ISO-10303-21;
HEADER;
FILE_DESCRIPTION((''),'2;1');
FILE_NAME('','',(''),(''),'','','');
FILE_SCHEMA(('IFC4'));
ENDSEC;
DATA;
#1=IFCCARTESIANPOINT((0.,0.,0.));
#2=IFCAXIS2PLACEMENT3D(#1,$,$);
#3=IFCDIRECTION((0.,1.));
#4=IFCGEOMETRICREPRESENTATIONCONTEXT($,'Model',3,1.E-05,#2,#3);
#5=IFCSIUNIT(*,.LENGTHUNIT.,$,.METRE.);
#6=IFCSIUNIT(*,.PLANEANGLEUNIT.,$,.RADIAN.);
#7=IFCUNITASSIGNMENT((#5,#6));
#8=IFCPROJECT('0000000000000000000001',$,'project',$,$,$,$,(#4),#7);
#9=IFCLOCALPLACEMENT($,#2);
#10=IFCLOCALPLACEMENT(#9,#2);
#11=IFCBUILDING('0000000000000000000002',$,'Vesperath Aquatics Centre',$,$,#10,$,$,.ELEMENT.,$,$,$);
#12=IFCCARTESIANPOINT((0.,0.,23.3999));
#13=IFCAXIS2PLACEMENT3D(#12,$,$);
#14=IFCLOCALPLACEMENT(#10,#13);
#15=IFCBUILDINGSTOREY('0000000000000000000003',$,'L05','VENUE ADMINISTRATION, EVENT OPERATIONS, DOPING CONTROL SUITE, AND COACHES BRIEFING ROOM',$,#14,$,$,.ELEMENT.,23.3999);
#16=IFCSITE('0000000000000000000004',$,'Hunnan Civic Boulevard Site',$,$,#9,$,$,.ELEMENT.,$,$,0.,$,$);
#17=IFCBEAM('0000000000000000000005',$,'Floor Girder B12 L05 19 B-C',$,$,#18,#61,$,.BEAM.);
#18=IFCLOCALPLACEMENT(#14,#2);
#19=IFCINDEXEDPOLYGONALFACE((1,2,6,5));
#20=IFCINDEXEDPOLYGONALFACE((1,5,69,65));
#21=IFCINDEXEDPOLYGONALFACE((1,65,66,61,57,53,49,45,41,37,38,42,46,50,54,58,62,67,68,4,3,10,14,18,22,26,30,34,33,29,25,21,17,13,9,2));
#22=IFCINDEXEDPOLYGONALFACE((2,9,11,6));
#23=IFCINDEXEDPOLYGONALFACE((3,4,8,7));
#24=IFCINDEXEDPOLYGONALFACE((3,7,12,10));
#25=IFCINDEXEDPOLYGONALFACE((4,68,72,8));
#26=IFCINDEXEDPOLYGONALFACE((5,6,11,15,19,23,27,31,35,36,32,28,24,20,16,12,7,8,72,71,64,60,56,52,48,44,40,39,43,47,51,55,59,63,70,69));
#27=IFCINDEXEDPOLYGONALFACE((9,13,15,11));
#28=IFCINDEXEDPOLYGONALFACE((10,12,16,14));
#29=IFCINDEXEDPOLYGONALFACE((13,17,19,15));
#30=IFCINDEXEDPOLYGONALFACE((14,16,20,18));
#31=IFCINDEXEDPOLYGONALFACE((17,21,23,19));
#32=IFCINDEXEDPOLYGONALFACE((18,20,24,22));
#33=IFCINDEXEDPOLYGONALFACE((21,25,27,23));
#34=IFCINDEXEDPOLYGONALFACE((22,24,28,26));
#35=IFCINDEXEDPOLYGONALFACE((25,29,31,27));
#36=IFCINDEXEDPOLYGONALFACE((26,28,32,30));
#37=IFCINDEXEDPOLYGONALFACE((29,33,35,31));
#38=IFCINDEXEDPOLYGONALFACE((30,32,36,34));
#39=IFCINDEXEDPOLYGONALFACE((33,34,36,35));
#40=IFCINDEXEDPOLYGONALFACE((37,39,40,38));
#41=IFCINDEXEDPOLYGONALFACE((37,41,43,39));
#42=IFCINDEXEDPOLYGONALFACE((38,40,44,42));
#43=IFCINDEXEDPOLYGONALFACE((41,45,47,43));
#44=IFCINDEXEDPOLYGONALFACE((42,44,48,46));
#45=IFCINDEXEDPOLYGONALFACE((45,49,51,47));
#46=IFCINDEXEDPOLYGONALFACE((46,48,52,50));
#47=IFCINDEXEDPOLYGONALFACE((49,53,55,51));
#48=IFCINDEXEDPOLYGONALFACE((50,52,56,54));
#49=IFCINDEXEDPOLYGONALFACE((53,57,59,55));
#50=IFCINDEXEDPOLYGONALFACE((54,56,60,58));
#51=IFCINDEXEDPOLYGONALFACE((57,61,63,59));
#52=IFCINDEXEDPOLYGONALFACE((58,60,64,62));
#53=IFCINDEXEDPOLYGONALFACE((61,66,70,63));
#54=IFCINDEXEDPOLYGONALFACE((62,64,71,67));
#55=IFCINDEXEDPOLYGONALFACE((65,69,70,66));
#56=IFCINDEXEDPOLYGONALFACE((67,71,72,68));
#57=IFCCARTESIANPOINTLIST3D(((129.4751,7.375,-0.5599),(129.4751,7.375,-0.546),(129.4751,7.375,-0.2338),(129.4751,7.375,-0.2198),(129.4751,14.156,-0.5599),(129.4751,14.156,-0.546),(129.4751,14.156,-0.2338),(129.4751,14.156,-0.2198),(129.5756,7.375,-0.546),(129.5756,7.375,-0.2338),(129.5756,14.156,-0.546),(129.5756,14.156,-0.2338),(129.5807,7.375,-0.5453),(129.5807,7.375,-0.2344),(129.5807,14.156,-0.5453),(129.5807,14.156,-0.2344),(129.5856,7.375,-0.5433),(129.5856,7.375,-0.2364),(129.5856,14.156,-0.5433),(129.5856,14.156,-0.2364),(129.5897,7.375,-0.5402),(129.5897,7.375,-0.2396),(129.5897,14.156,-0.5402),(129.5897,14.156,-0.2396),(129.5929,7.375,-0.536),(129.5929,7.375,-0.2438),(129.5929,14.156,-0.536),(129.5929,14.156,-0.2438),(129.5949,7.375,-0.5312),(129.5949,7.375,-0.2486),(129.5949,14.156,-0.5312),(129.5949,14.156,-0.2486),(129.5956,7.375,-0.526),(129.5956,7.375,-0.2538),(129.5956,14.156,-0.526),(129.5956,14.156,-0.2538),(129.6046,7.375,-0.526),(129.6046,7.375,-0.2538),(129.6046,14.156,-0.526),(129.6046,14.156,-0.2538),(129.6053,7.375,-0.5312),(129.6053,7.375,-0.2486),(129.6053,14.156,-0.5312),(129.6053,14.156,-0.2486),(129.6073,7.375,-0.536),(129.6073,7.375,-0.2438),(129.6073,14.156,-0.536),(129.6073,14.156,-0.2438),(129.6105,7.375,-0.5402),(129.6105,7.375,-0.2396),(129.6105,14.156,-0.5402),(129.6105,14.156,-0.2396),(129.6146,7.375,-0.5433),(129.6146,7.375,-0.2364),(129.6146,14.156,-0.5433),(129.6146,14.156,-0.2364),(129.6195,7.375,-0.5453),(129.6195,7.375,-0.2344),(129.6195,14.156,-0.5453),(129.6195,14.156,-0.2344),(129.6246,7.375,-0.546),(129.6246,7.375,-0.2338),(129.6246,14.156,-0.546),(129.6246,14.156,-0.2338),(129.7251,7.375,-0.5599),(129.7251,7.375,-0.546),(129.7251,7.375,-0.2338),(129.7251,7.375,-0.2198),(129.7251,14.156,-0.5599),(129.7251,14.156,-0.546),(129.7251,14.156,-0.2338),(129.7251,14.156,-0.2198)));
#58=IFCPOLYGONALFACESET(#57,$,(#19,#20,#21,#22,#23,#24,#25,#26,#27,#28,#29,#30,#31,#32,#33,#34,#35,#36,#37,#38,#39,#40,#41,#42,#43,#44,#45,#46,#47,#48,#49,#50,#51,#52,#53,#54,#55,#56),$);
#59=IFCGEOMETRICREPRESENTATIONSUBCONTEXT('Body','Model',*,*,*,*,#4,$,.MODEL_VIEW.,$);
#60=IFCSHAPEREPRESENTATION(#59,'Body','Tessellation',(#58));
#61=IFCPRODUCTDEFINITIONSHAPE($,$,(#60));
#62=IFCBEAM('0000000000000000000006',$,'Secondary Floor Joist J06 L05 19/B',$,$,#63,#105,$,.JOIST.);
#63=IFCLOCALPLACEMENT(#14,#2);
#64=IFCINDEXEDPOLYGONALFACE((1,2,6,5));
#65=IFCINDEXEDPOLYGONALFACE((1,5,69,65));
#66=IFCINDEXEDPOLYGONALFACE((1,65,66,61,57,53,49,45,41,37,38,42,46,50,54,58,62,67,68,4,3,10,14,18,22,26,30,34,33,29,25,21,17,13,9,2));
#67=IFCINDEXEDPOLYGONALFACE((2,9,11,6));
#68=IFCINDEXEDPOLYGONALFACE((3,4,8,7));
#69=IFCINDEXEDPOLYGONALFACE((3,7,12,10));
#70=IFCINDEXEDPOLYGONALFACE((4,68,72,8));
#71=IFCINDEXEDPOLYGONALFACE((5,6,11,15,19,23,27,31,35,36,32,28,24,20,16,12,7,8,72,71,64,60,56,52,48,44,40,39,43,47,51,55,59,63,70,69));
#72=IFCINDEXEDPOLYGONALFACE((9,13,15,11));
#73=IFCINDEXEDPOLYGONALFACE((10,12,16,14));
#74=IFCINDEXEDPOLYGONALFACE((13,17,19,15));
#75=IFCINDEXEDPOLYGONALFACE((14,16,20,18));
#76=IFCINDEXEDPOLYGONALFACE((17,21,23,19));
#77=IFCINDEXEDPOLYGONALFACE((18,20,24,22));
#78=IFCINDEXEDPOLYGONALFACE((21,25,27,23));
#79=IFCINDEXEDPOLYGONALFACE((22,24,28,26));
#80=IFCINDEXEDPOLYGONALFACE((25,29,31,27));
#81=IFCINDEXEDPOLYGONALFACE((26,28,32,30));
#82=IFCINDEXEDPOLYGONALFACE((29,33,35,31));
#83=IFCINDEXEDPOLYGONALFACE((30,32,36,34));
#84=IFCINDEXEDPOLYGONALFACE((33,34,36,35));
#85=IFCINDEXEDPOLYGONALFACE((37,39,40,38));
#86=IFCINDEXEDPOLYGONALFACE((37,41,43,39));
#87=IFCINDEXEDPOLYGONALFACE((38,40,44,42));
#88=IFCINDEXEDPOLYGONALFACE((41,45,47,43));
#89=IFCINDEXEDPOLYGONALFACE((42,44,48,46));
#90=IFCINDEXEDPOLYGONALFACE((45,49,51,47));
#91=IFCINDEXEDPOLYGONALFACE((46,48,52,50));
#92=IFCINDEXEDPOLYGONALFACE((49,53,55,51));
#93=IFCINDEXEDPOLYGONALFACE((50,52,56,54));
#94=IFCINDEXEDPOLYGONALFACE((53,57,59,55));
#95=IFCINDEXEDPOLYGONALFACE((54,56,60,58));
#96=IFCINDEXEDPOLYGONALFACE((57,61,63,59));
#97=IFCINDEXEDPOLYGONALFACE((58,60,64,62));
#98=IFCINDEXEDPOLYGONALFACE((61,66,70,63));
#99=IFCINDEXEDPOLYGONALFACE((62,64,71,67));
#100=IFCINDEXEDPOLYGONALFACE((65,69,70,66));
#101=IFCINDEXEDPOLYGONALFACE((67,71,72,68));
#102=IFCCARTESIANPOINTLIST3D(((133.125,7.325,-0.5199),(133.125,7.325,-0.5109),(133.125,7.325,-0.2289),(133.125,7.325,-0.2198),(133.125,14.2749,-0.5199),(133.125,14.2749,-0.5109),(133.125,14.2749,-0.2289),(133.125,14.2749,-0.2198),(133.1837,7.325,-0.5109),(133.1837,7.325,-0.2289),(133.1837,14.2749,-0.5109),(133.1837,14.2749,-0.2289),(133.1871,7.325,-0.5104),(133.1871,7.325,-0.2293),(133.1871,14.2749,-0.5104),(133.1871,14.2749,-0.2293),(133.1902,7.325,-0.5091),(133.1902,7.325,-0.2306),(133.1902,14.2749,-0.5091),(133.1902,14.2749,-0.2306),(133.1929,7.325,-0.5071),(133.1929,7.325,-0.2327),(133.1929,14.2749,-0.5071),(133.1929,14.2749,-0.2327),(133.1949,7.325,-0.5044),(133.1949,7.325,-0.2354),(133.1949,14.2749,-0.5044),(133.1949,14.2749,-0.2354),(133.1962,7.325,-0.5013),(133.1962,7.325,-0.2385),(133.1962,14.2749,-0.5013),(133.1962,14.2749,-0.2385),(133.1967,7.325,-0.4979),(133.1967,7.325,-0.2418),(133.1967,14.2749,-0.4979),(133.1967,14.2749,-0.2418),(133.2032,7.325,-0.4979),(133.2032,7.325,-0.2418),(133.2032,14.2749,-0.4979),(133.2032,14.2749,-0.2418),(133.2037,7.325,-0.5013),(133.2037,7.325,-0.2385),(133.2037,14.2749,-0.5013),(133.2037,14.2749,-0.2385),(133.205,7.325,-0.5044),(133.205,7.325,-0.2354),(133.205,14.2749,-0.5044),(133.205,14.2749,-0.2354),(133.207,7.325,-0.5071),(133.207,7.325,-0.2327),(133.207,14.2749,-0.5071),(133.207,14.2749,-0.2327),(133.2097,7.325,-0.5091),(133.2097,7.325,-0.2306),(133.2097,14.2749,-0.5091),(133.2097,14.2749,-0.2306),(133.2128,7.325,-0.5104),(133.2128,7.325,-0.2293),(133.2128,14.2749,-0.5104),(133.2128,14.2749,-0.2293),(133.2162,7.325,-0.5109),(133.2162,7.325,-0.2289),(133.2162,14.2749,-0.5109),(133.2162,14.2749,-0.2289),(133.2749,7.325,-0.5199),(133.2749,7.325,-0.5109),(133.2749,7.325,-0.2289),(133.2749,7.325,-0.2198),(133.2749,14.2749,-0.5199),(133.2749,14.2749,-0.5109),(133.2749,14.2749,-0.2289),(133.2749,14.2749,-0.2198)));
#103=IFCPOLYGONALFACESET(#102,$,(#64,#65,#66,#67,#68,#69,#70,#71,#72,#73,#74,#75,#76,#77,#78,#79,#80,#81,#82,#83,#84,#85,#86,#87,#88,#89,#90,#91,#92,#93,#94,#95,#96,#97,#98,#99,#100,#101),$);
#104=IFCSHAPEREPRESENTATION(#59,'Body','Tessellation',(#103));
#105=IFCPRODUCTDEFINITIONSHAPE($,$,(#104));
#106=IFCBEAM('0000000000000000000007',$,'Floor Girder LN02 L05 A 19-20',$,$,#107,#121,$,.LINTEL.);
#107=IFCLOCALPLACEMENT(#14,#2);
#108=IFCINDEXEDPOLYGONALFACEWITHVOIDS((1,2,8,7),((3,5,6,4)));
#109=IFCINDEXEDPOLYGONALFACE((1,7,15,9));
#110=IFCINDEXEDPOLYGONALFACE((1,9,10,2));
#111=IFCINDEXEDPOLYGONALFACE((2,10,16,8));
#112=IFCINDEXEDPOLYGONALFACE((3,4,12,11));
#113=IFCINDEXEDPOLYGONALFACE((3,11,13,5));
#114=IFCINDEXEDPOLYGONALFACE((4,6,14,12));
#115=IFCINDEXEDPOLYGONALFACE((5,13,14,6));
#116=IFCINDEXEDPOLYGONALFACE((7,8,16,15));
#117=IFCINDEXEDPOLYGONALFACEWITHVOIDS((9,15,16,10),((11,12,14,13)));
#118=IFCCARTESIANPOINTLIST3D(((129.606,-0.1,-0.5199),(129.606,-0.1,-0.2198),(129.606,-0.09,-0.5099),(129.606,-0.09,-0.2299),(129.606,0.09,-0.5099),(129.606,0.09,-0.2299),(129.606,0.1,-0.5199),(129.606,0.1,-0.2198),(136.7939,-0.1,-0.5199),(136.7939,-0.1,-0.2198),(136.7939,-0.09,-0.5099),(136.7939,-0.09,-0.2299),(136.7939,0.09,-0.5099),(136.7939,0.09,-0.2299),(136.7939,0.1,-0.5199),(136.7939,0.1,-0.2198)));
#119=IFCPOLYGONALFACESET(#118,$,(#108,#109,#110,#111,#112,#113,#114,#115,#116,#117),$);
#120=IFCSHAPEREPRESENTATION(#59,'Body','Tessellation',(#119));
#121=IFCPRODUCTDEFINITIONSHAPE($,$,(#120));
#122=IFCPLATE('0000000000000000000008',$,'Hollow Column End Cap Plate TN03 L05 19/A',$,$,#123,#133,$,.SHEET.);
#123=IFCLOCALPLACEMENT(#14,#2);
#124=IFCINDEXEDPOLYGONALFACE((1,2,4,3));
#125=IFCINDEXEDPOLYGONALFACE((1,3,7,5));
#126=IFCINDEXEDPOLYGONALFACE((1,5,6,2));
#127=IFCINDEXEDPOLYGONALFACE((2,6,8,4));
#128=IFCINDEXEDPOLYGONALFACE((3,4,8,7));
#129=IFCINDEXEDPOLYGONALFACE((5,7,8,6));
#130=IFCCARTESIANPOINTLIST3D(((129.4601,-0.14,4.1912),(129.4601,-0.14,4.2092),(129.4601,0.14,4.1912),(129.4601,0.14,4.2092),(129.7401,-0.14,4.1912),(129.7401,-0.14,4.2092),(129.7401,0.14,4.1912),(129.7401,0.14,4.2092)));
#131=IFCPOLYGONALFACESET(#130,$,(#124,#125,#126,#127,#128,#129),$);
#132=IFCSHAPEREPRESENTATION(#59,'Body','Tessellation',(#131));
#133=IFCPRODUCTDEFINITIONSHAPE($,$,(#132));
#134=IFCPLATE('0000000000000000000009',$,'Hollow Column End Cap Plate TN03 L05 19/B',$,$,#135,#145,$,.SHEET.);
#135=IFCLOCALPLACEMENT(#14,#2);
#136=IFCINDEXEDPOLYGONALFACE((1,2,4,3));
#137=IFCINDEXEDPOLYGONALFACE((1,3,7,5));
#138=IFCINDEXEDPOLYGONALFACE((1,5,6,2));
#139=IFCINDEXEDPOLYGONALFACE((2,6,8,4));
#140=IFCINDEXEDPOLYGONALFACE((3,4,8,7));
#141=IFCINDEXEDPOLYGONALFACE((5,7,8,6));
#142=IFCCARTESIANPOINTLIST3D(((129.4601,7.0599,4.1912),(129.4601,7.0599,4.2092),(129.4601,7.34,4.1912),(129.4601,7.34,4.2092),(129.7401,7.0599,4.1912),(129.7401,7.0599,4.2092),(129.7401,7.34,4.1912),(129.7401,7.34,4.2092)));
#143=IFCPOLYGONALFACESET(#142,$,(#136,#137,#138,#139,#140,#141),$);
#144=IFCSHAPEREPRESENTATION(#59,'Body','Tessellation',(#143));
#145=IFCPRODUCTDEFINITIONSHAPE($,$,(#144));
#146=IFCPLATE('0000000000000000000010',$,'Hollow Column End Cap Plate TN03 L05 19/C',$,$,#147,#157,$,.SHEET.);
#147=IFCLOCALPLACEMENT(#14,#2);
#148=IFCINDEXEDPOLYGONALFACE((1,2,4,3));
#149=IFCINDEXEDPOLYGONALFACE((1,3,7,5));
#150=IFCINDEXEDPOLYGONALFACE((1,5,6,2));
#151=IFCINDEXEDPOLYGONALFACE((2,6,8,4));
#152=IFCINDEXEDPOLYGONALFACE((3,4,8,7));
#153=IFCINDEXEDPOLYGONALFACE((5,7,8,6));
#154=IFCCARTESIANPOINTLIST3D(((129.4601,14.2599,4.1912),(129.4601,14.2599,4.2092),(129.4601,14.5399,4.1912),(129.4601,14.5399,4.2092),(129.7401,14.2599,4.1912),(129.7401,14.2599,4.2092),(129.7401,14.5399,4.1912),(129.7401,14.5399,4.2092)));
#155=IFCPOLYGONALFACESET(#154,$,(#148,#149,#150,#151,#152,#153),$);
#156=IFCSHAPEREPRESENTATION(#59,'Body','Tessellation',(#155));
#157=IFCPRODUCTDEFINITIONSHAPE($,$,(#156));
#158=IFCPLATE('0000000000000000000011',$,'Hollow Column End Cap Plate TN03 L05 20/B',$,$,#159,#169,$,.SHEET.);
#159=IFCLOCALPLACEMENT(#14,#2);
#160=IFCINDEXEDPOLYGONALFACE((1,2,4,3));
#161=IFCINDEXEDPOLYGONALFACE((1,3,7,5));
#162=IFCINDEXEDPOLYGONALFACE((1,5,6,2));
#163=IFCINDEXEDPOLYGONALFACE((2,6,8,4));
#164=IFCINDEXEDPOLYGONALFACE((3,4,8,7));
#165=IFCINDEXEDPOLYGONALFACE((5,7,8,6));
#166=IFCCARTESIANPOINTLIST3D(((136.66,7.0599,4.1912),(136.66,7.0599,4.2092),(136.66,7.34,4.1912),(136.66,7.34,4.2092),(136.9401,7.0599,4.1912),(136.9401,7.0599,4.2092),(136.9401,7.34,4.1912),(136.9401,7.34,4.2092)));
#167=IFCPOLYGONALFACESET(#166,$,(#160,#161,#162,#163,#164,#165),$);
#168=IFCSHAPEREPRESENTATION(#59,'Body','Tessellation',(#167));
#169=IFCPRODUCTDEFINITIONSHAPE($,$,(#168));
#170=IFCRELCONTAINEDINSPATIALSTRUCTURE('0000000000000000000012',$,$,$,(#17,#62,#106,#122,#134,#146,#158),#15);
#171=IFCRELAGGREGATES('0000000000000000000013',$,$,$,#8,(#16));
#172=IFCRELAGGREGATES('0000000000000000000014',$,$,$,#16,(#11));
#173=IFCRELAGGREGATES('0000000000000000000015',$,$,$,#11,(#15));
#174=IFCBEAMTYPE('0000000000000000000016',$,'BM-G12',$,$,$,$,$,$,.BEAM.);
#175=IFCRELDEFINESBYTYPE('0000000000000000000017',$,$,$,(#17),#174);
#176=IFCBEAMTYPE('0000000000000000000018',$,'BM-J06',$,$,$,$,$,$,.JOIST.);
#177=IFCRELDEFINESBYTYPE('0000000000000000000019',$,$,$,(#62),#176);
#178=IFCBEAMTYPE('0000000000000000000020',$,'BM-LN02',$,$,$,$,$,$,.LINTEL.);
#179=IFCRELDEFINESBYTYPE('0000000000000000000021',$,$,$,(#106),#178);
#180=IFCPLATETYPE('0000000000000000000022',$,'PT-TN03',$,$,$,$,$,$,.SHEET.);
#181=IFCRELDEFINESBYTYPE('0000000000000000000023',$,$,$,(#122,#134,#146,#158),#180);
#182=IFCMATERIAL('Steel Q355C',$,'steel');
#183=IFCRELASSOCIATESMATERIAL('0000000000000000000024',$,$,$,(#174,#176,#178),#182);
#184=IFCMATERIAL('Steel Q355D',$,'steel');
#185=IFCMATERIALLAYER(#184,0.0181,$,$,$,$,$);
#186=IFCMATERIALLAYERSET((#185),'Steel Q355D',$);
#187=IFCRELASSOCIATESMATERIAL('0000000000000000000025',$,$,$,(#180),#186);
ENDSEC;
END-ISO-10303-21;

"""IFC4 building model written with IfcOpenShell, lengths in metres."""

from ifc_helpers import new_model, si_unit, direction, frame, origin, origin_2d, place, context, subcontext, project, spatial, rectangle, hollow_rectangle, i_section, extrude, material, layer, layer_set, material_profile, profile_set, type_object, element, save


model = new_model("IFC4")

# Units and contexts
model_context = context("Model", 3, precision=1e-05, world=origin(), true_north=direction((0.0, 1.0)))
body_context = subcontext(model_context, "Body", "Model", "MODEL_VIEW")
ifc_project = project(units=[si_unit("LENGTHUNIT", "METRE"), si_unit("PLANEANGLEUNIT", "RADIAN")], contexts=[model_context])

# Site, building, storey
site_placement = place(None, origin())
site = spatial("IfcSite", under=ifc_project, at=site_placement, Name="Hunnan Civic Boulevard Site", CompositionType="ELEMENT", RefElevation=0.0)
building_placement = place(site_placement, origin())
building = spatial("IfcBuilding", under=site, at=building_placement, Name="Vesperath Aquatics Centre", CompositionType="ELEMENT")
storey_placement = place(building_placement, frame((0.0, 0.0, 23.3999)))
storey = spatial("IfcBuildingStorey", under=building, at=storey_placement, Name="L05", Description="VENUE ADMINISTRATION, EVENT OPERATIONS, DOPING CONTROL SUITE, AND COACHES BRIEFING ROOM", CompositionType="ELEMENT", Elevation=23.3999)

# Shared definitions
ifc_material_1 = material(Name="Steel Q355C", Category="steel")

# Beams
ifc_material_profile_1 = material_profile(ifc_material_1, i_section(OverallWidth=0.25, OverallDepth=0.3401, WebThickness=0.009, FlangeThickness=0.0139, FilletRadius=0.02, at=origin_2d()), Name="HM 340x250x9x14")
ifc_profile_set_1 = profile_set([ifc_material_profile_1], Name="Steel Q355C")
beam_type_1 = type_object("IfcBeamType", Name="BM-G12", PredefinedType="BEAM", material=ifc_profile_set_1)
beam_1_placement = place(storey_placement, frame((129.6001, 7.375, -0.3899), z_axis=(0.0, 1.0, 0.0), x_axis=(-1.0, 0.0, 0.0)))
element("IfcBeam", 1, at=beam_1_placement, inside=storey, type_object=beam_type_1, Name="Floor Girder B12 L05 19 B-C", PredefinedType="BEAM", context=body_context, shape_type="SweptSolid", body=[
    extrude(i_section(OverallWidth=0.25, OverallDepth=0.3401, WebThickness=0.009, FlangeThickness=0.0139, FilletRadius=0.02, at=origin_2d()), origin(), (0.0, 0.0, 1.0), 6.781),
])
ifc_material_profile_2 = material_profile(ifc_material_1, i_section(OverallWidth=0.1499, OverallDepth=0.3, WebThickness=0.0066, FlangeThickness=0.009, FilletRadius=0.0129, at=origin_2d()), Name="HN 300x150x6.5x9")
ifc_profile_set_2 = profile_set([ifc_material_profile_2], Name="Steel Q355C")
beam_type_2 = type_object("IfcBeamType", Name="BM-J06", PredefinedType="JOIST", material=ifc_profile_set_2)
beam_2_placement = place(storey_placement, frame((133.2, 7.325, -0.3699), z_axis=(0.0, 1.0, 0.0), x_axis=(-1.0, 0.0, 0.0)))
element("IfcBeam", 2, at=beam_2_placement, inside=storey, type_object=beam_type_2, Name="Secondary Floor Joist J06 L05 19/B", PredefinedType="JOIST", context=body_context, shape_type="SweptSolid", body=[
    extrude(i_section(OverallWidth=0.1499, OverallDepth=0.3, WebThickness=0.0066, FlangeThickness=0.009, FilletRadius=0.0129, at=origin_2d()), origin(), (0.0, 0.0, 1.0), 6.95),
])
ifc_material_profile_3 = material_profile(ifc_material_1, hollow_rectangle(XDim=0.2, YDim=0.3, WallThickness=0.01, at=origin_2d()), Name="RHS 300x200x10")
ifc_profile_set_3 = profile_set([ifc_material_profile_3], Name="Steel Q355C")
beam_type_3 = type_object("IfcBeamType", Name="BM-LN02", PredefinedType="LINTEL", material=ifc_profile_set_3)
beam_3_placement = place(storey_placement, frame((129.606, 0.0, -0.3699), z_axis=(1.0, 0.0, 0.0), x_axis=(0.0, 1.0, 0.0)))
element("IfcBeam", 3, at=beam_3_placement, inside=storey, type_object=beam_type_3, Name="Floor Girder LN02 L05 A 19-20", PredefinedType="LINTEL", context=body_context, shape_type="SweptSolid", body=[
    extrude(hollow_rectangle(XDim=0.2, YDim=0.3, WallThickness=0.01, at=origin_2d()), origin(), (0.0, 0.0, 1.0), 7.188),
])

# Plates
ifc_material_2 = material(Name="Steel Q355D", Category="steel")
ifc_layer_1 = layer(ifc_material_2, 0.0181)
ifc_layer_set_1 = layer_set([ifc_layer_1], Name="Steel Q355D")
plate_type = type_object("IfcPlateType", Name="PT-TN03", PredefinedType="SHEET", material=ifc_layer_set_1)
for number, where, z_axis, x_axis, name in (
    (4, (129.6001, 0.0, 4.1912), (0.0, 0.0, 1.0), (1.0, 0.0, 0.0), "Hollow Column End Cap Plate TN03 L05 19/A"),
    (5, (129.6001, 7.2, 4.1912), (0.0, 0.0, 1.0), (1.0, 0.0, 0.0), "Hollow Column End Cap Plate TN03 L05 19/B"),
    (6, (129.6001, 14.3999, 4.1912), (0.0, 0.0, 1.0), (1.0, 0.0, 0.0), "Hollow Column End Cap Plate TN03 L05 19/C"),
    (7, (136.8, 7.2, 4.1912), (0.0, 0.0, 1.0), (1.0, 0.0, 0.0), "Hollow Column End Cap Plate TN03 L05 20/B"),
):
    element("IfcPlate", number, at=place(storey_placement, frame(where, z_axis=z_axis, x_axis=x_axis)), inside=storey, type_object=plate_type, Name=name, PredefinedType="SHEET", context=body_context, shape_type="SweptSolid", body=[
        extrude(rectangle(XDim=0.28, YDim=0.28, at=origin_2d()), origin(), (0.0, 0.0, 1.0), 0.0181),
    ])

save(model, "model.ifc")
